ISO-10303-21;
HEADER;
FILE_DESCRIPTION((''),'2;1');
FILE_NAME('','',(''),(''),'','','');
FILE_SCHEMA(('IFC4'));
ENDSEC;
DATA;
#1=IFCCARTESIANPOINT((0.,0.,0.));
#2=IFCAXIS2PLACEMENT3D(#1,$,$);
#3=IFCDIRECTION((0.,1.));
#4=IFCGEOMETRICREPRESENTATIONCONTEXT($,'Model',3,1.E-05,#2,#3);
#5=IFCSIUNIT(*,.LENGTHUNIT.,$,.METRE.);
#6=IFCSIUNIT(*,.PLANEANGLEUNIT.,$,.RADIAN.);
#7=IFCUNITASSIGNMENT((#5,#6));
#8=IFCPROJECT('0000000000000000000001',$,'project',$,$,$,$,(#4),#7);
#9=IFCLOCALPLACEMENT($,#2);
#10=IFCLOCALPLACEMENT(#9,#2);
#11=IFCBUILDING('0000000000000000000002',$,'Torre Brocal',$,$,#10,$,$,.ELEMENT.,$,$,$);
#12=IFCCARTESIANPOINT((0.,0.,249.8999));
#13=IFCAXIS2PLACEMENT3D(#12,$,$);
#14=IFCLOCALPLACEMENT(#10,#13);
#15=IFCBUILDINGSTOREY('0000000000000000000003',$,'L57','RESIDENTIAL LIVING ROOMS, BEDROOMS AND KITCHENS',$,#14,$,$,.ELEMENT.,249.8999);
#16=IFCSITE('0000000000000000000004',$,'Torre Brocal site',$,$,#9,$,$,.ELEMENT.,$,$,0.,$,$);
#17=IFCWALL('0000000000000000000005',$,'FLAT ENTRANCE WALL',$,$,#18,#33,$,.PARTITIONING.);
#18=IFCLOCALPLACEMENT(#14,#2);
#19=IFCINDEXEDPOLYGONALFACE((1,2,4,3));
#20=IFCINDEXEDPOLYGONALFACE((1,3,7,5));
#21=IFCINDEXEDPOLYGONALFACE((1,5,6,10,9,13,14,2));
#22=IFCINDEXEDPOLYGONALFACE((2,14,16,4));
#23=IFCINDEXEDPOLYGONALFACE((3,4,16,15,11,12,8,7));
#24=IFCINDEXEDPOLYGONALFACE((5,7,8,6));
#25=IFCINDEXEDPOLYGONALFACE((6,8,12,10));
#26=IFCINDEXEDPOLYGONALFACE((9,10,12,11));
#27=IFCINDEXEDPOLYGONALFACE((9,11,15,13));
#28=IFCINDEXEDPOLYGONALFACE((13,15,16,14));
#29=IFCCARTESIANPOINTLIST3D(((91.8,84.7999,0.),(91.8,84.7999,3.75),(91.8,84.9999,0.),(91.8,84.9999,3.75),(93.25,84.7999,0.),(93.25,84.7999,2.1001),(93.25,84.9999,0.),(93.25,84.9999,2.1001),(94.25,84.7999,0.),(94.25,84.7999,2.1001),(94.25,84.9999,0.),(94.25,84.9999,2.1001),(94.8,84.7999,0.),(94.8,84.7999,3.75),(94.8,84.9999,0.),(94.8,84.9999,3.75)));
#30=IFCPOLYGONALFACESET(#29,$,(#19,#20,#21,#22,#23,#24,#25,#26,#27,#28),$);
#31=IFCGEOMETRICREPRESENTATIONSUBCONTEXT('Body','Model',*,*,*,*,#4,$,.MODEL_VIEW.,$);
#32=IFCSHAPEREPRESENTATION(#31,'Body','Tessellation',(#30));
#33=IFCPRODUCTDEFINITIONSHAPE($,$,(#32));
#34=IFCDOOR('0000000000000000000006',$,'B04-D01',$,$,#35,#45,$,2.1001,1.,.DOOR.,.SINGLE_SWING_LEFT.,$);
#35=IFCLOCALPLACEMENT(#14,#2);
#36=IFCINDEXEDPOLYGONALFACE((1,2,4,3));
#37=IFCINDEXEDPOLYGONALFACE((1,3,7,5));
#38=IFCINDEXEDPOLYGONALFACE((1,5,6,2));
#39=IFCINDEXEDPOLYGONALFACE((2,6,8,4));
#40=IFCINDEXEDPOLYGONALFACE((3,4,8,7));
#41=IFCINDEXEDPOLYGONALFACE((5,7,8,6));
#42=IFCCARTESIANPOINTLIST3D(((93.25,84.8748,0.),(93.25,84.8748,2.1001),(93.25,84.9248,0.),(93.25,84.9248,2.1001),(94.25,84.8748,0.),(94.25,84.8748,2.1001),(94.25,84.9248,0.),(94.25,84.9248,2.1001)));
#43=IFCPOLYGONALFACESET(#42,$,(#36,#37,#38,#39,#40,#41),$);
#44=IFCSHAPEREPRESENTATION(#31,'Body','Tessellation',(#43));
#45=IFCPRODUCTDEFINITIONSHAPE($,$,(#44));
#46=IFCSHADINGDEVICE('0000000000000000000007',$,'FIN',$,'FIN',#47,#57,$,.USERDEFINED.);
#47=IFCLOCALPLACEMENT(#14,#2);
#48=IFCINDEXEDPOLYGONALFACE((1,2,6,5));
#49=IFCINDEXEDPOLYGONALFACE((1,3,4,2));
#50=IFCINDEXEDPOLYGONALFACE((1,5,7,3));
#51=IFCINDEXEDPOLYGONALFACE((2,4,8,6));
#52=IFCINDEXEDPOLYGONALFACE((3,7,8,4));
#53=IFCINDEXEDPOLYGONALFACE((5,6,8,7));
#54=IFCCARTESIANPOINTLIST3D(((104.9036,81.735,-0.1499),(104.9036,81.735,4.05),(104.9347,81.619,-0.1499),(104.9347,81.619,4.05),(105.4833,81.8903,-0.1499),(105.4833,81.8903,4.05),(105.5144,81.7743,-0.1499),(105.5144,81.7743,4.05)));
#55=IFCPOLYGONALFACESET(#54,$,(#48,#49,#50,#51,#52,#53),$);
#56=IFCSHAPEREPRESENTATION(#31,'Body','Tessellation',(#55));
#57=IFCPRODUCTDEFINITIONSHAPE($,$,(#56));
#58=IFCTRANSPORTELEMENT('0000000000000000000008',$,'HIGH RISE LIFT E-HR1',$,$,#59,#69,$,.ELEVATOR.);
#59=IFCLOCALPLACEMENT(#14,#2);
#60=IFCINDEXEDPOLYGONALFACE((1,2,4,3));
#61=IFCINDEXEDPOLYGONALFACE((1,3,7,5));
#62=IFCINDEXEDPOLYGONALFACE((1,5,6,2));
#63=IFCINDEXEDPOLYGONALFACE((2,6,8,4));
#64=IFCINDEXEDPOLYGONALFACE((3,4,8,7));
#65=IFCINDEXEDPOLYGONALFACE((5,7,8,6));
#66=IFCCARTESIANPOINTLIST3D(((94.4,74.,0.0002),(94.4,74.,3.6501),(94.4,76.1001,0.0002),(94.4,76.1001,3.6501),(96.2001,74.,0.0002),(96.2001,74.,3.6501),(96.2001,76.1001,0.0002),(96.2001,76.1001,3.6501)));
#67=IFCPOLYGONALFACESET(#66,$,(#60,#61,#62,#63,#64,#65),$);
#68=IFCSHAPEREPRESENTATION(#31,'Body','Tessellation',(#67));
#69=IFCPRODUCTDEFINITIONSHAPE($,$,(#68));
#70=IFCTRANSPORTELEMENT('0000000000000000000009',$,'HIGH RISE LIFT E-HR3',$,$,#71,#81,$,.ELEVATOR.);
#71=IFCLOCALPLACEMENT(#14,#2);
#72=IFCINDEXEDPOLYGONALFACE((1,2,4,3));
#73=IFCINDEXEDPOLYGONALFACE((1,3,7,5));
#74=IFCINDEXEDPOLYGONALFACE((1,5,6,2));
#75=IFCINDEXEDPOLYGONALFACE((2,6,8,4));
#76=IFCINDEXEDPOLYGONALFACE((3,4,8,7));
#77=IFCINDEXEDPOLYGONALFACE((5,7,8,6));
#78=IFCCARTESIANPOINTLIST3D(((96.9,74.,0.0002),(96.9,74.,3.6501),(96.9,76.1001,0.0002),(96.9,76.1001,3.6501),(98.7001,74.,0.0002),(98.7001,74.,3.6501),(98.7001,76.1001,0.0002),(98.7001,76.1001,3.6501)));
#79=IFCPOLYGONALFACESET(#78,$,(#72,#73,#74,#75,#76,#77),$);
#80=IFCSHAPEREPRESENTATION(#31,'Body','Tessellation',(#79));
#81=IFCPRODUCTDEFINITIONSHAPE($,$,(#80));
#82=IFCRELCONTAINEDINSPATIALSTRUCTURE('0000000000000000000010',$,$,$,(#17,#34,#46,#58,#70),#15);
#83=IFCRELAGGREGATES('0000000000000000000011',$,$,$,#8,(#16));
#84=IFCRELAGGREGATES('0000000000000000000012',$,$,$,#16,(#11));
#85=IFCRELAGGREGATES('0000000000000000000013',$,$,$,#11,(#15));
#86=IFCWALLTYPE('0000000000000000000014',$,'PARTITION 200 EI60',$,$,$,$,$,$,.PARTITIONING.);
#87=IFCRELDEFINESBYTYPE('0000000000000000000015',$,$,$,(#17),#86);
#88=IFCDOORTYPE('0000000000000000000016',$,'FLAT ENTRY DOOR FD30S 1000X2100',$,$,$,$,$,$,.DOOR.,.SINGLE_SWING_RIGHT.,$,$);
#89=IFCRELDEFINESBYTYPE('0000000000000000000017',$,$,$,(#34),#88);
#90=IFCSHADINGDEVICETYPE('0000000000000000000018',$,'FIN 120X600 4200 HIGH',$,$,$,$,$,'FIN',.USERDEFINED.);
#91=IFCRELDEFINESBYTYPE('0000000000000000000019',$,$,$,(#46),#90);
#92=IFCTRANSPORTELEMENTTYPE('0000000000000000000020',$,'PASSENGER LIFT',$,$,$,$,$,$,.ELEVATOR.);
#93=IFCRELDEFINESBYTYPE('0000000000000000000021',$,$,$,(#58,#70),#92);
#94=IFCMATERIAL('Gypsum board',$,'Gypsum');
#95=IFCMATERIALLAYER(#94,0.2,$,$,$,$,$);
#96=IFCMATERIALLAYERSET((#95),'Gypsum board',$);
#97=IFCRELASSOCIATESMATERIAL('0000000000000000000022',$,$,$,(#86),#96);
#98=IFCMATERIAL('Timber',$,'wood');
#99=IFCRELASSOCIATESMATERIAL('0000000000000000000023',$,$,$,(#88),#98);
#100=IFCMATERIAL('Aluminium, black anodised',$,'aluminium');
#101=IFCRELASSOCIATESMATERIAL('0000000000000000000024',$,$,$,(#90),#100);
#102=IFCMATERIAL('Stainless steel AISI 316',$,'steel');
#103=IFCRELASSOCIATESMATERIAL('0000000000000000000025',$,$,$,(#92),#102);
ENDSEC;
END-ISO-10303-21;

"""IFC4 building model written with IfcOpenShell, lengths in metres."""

from ifc_helpers import new_model, si_unit, direction, frame, frame_2d, origin, origin_2d, place, context, subcontext, project, spatial, rectangle, extrude, material, layer, layer_set, material_profile, profile_set, type_object, element, fill, save


model = new_model("IFC4")

# Units and contexts
model_context = context("Model", 3, precision=1e-05, world=origin(), true_north=direction((0.0, 1.0)))
body_context = subcontext(model_context, "Body", "Model", "MODEL_VIEW")
ifc_project = project(units=[si_unit("LENGTHUNIT", "METRE"), si_unit("PLANEANGLEUNIT", "RADIAN")], contexts=[model_context])

# Site, building, storey
site_placement = place(None, origin())
site = spatial("IfcSite", under=ifc_project, at=site_placement, Name="Torre Brocal site", CompositionType="ELEMENT", RefElevation=0.0)
building_placement = place(site_placement, origin())
building = spatial("IfcBuilding", under=site, at=building_placement, Name="Torre Brocal", CompositionType="ELEMENT")
storey_placement = place(building_placement, frame((0.0, 0.0, 249.8999)))
storey = spatial("IfcBuildingStorey", under=building, at=storey_placement, Name="L57", Description="RESIDENTIAL LIVING ROOMS, BEDROOMS AND KITCHENS", CompositionType="ELEMENT", Elevation=249.8999)

# Wall, opening, door
ifc_material_1 = material(Name="Gypsum board", Category="Gypsum")
ifc_layer_1 = layer(ifc_material_1, 0.2)
ifc_layer_set_1 = layer_set([ifc_layer_1], Name="Gypsum board")
wall_type_1 = type_object("IfcWallType", Name="PARTITION 200 EI60", PredefinedType="PARTITIONING", material=ifc_layer_set_1)
wall_1_placement = place(storey_placement, frame((91.8, 84.8999, 0.0), z_axis=(0.0, 0.0, 1.0), x_axis=(1.0, 0.0, 0.0)))
wall_1 = element("IfcWall", 1, at=wall_1_placement, inside=storey, type_object=wall_type_1, Name="FLAT ENTRANCE WALL", PredefinedType="PARTITIONING", context=body_context, shape_type="SweptSolid", body=[
    extrude(rectangle(XDim=3.0, YDim=0.2, at=frame_2d((1.5, 0.0))), origin(), (0.0, 0.0, 1.0), 3.75),
])
opening_1_placement = place(wall_1_placement, frame((1.45, 0.0, 0.0)))
opening_1 = element("IfcOpeningElement", 2, at=opening_1_placement, cuts=wall_1, PredefinedType="OPENING", context=body_context, shape_type="SweptSolid", body=[
    extrude(rectangle(XDim=1.0, YDim=2.1001, at=frame_2d((0.5, 1.05))), frame((0.0, 0.1099, 0.0), z_axis=(0.0, -1.0, 0.0), x_axis=(1.0, 0.0, 0.0)), (0.0, 0.0, 1.0), 0.22),
])
ifc_material_2 = material(Name="Timber", Category="wood")
door_type_1 = type_object("IfcDoorType", Name="FLAT ENTRY DOOR FD30S 1000X2100", OperationType="SINGLE_SWING_RIGHT", PredefinedType="DOOR", material=ifc_material_2)
door_1_placement = place(opening_1_placement, origin())
door_1 = element("IfcDoor", 3, at=door_1_placement, inside=storey, type_object=door_type_1, Name="B04-D01", OperationType="SINGLE_SWING_LEFT", OverallHeight=2.1001, OverallWidth=1.0, PredefinedType="DOOR", context=body_context, shape_type="SweptSolid", body=[
    extrude(rectangle(XDim=1.0, YDim=2.1001, at=frame_2d((0.5, 1.05))), frame((0.0, 0.0249, 0.0), z_axis=(0.0, -1.0, 0.0), x_axis=(1.0, 0.0, 0.0)), (0.0, 0.0, 1.0), 0.05),
])
fill(opening_1, door_1)

# Shading device
ifc_material_3 = material(Name="Aluminium, black anodised", Category="aluminium")
ifc_material_profile_1 = material_profile(ifc_material_3, rectangle(XDim=0.1201, YDim=0.6001, at=origin_2d()), Name="FIN 120X600 4200 HIGH")
ifc_profile_set_1 = profile_set([ifc_material_profile_1], Name="Aluminium, black anodised")
shading_device_type = type_object("IfcShadingDeviceType", Name="FIN 120X600 4200 HIGH", ElementType="FIN", PredefinedType="USERDEFINED", material=ifc_profile_set_1)
shading_device_placement = place(storey_placement, frame((105.209, 81.7546, -0.1499), z_axis=(0.0, 0.0, 1.0), x_axis=(-0.258819, 0.965926, 0.0)))
element("IfcShadingDevice", 4, at=shading_device_placement, inside=storey, type_object=shading_device_type, Name="FIN", ObjectType="FIN", PredefinedType="USERDEFINED", context=body_context, shape_type="SweptSolid", body=[
    extrude(rectangle(XDim=0.1201, YDim=0.6001, at=origin_2d()), origin(), (0.0, 0.0, 1.0), 4.2),
])

# Transport elements
ifc_material_4 = material(Name="Stainless steel AISI 316", Category="steel")
transport_element_type = type_object("IfcTransportElementType", Name="PASSENGER LIFT", PredefinedType="ELEVATOR", material=ifc_material_4)
for number, where, z_axis, x_axis, name in (
    (5, (95.3, 75.05, 0.0002), (0.0, 0.0, 1.0), (1.0, 0.0, 0.0), "HIGH RISE LIFT E-HR1"),
    (6, (97.8, 75.05, 0.0002), (0.0, 0.0, 1.0), (1.0, 0.0, 0.0), "HIGH RISE LIFT E-HR3"),
):
    element("IfcTransportElement", number, at=place(storey_placement, frame(where, z_axis=z_axis, x_axis=x_axis)), inside=storey, type_object=transport_element_type, Name=name, PredefinedType="ELEVATOR", context=body_context, shape_type="SweptSolid", body=[
        extrude(rectangle(XDim=1.8, YDim=2.1001, at=origin_2d()), origin(), (0.0, 0.0, 1.0), 3.6499),
    ])

save(model, "model.ifc")
